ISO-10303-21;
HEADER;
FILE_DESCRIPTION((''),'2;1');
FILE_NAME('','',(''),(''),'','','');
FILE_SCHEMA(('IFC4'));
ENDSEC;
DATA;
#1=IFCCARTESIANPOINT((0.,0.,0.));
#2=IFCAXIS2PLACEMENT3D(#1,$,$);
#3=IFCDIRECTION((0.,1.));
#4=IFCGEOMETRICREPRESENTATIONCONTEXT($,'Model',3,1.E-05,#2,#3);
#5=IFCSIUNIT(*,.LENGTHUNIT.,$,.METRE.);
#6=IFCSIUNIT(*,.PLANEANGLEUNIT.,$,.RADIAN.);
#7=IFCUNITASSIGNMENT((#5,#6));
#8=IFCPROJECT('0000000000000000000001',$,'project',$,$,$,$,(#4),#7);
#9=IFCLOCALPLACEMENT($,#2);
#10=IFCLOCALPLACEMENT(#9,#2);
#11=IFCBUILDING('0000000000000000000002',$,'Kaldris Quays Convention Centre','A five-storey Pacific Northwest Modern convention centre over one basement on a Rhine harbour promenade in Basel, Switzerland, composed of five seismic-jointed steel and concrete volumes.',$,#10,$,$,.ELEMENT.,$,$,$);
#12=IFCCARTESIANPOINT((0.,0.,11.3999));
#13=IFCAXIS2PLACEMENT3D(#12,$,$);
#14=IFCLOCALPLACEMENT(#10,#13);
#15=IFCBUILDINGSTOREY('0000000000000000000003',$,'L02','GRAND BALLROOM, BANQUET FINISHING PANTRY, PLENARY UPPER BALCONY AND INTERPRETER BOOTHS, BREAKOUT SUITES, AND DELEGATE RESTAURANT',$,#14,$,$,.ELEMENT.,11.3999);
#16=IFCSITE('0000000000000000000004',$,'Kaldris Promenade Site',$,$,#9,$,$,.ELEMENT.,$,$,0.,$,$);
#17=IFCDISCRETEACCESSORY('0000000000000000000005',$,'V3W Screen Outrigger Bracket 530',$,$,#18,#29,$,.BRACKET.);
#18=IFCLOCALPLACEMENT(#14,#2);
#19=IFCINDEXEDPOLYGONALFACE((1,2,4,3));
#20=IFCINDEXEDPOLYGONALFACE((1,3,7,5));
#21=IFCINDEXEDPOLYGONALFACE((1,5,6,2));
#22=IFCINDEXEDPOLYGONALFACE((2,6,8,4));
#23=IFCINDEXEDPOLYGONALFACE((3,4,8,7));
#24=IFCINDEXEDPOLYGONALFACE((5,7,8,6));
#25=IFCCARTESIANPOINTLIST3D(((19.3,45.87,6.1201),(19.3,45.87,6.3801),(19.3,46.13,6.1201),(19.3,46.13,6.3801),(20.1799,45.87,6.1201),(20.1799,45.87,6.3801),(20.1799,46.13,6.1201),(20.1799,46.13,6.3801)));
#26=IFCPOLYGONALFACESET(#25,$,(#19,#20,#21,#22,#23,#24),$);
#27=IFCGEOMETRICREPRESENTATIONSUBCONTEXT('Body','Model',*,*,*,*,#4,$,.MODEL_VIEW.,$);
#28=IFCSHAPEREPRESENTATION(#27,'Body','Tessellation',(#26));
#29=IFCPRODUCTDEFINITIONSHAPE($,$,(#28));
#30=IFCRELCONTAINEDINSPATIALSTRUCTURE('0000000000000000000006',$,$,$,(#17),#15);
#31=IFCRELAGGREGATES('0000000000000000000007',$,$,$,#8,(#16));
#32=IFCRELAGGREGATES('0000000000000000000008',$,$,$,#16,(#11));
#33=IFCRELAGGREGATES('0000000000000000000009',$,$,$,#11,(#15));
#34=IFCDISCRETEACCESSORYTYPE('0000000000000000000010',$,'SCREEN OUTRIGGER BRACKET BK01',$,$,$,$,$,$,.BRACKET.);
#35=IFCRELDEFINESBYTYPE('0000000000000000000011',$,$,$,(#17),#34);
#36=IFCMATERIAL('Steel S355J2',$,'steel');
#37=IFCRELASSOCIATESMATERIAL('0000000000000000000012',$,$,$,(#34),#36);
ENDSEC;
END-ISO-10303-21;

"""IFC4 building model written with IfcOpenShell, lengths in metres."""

from ifc_helpers import new_model, si_unit, direction, frame, origin, origin_2d, place, context, subcontext, project, spatial, rectangle, extrude, material, type_object, element, save


model = new_model("IFC4")

# Units and contexts
model_context = context("Model", 3, precision=1e-05, world=origin(), true_north=direction((0.0, 1.0)))
body_context = subcontext(model_context, "Body", "Model", "MODEL_VIEW")
ifc_project = project(units=[si_unit("LENGTHUNIT", "METRE"), si_unit("PLANEANGLEUNIT", "RADIAN")], contexts=[model_context])

# Site, building, storey
site_placement = place(None, origin())
site = spatial("IfcSite", under=ifc_project, at=site_placement, Name="Kaldris Promenade Site", CompositionType="ELEMENT", RefElevation=0.0)
building_placement = place(site_placement, origin())
building = spatial("IfcBuilding", under=site, at=building_placement, Name="Kaldris Quays Convention Centre", Description="A five-storey Pacific Northwest Modern convention centre over one basement on a Rhine harbour promenade in Basel, Switzerland, composed of five seismic-jointed steel and concrete volumes.", CompositionType="ELEMENT")
storey_placement = place(building_placement, frame((0.0, 0.0, 11.3999)))
storey = spatial("IfcBuildingStorey", under=building, at=storey_placement, Name="L02", Description="GRAND BALLROOM, BANQUET FINISHING PANTRY, PLENARY UPPER BALCONY AND INTERPRETER BOOTHS, BREAKOUT SUITES, AND DELEGATE RESTAURANT", CompositionType="ELEMENT", Elevation=11.3999)

# Shared definitions
ifc_material_1 = material(Name="Steel S355J2", Category="steel")

# Discrete accessory
discrete_accessory_type_1 = type_object("IfcDiscreteAccessoryType", Name="SCREEN OUTRIGGER BRACKET BK01", PredefinedType="BRACKET", material=ifc_material_1)
discrete_accessory_1_placement = place(storey_placement, frame((19.74, 46.0, 6.1201), z_axis=(0.0, 0.0, 1.0), x_axis=(0.0, 1.0, 0.0)))
element("IfcDiscreteAccessory", 1, at=discrete_accessory_1_placement, inside=storey, type_object=discrete_accessory_type_1, Name="V3W Screen Outrigger Bracket 530", PredefinedType="BRACKET", context=body_context, shape_type="SweptSolid", body=[
    extrude(rectangle(XDim=0.26, YDim=0.8799, at=origin_2d()), origin(), (0.0, 0.0, 1.0), 0.26),
])

save(model, "model.ifc")
